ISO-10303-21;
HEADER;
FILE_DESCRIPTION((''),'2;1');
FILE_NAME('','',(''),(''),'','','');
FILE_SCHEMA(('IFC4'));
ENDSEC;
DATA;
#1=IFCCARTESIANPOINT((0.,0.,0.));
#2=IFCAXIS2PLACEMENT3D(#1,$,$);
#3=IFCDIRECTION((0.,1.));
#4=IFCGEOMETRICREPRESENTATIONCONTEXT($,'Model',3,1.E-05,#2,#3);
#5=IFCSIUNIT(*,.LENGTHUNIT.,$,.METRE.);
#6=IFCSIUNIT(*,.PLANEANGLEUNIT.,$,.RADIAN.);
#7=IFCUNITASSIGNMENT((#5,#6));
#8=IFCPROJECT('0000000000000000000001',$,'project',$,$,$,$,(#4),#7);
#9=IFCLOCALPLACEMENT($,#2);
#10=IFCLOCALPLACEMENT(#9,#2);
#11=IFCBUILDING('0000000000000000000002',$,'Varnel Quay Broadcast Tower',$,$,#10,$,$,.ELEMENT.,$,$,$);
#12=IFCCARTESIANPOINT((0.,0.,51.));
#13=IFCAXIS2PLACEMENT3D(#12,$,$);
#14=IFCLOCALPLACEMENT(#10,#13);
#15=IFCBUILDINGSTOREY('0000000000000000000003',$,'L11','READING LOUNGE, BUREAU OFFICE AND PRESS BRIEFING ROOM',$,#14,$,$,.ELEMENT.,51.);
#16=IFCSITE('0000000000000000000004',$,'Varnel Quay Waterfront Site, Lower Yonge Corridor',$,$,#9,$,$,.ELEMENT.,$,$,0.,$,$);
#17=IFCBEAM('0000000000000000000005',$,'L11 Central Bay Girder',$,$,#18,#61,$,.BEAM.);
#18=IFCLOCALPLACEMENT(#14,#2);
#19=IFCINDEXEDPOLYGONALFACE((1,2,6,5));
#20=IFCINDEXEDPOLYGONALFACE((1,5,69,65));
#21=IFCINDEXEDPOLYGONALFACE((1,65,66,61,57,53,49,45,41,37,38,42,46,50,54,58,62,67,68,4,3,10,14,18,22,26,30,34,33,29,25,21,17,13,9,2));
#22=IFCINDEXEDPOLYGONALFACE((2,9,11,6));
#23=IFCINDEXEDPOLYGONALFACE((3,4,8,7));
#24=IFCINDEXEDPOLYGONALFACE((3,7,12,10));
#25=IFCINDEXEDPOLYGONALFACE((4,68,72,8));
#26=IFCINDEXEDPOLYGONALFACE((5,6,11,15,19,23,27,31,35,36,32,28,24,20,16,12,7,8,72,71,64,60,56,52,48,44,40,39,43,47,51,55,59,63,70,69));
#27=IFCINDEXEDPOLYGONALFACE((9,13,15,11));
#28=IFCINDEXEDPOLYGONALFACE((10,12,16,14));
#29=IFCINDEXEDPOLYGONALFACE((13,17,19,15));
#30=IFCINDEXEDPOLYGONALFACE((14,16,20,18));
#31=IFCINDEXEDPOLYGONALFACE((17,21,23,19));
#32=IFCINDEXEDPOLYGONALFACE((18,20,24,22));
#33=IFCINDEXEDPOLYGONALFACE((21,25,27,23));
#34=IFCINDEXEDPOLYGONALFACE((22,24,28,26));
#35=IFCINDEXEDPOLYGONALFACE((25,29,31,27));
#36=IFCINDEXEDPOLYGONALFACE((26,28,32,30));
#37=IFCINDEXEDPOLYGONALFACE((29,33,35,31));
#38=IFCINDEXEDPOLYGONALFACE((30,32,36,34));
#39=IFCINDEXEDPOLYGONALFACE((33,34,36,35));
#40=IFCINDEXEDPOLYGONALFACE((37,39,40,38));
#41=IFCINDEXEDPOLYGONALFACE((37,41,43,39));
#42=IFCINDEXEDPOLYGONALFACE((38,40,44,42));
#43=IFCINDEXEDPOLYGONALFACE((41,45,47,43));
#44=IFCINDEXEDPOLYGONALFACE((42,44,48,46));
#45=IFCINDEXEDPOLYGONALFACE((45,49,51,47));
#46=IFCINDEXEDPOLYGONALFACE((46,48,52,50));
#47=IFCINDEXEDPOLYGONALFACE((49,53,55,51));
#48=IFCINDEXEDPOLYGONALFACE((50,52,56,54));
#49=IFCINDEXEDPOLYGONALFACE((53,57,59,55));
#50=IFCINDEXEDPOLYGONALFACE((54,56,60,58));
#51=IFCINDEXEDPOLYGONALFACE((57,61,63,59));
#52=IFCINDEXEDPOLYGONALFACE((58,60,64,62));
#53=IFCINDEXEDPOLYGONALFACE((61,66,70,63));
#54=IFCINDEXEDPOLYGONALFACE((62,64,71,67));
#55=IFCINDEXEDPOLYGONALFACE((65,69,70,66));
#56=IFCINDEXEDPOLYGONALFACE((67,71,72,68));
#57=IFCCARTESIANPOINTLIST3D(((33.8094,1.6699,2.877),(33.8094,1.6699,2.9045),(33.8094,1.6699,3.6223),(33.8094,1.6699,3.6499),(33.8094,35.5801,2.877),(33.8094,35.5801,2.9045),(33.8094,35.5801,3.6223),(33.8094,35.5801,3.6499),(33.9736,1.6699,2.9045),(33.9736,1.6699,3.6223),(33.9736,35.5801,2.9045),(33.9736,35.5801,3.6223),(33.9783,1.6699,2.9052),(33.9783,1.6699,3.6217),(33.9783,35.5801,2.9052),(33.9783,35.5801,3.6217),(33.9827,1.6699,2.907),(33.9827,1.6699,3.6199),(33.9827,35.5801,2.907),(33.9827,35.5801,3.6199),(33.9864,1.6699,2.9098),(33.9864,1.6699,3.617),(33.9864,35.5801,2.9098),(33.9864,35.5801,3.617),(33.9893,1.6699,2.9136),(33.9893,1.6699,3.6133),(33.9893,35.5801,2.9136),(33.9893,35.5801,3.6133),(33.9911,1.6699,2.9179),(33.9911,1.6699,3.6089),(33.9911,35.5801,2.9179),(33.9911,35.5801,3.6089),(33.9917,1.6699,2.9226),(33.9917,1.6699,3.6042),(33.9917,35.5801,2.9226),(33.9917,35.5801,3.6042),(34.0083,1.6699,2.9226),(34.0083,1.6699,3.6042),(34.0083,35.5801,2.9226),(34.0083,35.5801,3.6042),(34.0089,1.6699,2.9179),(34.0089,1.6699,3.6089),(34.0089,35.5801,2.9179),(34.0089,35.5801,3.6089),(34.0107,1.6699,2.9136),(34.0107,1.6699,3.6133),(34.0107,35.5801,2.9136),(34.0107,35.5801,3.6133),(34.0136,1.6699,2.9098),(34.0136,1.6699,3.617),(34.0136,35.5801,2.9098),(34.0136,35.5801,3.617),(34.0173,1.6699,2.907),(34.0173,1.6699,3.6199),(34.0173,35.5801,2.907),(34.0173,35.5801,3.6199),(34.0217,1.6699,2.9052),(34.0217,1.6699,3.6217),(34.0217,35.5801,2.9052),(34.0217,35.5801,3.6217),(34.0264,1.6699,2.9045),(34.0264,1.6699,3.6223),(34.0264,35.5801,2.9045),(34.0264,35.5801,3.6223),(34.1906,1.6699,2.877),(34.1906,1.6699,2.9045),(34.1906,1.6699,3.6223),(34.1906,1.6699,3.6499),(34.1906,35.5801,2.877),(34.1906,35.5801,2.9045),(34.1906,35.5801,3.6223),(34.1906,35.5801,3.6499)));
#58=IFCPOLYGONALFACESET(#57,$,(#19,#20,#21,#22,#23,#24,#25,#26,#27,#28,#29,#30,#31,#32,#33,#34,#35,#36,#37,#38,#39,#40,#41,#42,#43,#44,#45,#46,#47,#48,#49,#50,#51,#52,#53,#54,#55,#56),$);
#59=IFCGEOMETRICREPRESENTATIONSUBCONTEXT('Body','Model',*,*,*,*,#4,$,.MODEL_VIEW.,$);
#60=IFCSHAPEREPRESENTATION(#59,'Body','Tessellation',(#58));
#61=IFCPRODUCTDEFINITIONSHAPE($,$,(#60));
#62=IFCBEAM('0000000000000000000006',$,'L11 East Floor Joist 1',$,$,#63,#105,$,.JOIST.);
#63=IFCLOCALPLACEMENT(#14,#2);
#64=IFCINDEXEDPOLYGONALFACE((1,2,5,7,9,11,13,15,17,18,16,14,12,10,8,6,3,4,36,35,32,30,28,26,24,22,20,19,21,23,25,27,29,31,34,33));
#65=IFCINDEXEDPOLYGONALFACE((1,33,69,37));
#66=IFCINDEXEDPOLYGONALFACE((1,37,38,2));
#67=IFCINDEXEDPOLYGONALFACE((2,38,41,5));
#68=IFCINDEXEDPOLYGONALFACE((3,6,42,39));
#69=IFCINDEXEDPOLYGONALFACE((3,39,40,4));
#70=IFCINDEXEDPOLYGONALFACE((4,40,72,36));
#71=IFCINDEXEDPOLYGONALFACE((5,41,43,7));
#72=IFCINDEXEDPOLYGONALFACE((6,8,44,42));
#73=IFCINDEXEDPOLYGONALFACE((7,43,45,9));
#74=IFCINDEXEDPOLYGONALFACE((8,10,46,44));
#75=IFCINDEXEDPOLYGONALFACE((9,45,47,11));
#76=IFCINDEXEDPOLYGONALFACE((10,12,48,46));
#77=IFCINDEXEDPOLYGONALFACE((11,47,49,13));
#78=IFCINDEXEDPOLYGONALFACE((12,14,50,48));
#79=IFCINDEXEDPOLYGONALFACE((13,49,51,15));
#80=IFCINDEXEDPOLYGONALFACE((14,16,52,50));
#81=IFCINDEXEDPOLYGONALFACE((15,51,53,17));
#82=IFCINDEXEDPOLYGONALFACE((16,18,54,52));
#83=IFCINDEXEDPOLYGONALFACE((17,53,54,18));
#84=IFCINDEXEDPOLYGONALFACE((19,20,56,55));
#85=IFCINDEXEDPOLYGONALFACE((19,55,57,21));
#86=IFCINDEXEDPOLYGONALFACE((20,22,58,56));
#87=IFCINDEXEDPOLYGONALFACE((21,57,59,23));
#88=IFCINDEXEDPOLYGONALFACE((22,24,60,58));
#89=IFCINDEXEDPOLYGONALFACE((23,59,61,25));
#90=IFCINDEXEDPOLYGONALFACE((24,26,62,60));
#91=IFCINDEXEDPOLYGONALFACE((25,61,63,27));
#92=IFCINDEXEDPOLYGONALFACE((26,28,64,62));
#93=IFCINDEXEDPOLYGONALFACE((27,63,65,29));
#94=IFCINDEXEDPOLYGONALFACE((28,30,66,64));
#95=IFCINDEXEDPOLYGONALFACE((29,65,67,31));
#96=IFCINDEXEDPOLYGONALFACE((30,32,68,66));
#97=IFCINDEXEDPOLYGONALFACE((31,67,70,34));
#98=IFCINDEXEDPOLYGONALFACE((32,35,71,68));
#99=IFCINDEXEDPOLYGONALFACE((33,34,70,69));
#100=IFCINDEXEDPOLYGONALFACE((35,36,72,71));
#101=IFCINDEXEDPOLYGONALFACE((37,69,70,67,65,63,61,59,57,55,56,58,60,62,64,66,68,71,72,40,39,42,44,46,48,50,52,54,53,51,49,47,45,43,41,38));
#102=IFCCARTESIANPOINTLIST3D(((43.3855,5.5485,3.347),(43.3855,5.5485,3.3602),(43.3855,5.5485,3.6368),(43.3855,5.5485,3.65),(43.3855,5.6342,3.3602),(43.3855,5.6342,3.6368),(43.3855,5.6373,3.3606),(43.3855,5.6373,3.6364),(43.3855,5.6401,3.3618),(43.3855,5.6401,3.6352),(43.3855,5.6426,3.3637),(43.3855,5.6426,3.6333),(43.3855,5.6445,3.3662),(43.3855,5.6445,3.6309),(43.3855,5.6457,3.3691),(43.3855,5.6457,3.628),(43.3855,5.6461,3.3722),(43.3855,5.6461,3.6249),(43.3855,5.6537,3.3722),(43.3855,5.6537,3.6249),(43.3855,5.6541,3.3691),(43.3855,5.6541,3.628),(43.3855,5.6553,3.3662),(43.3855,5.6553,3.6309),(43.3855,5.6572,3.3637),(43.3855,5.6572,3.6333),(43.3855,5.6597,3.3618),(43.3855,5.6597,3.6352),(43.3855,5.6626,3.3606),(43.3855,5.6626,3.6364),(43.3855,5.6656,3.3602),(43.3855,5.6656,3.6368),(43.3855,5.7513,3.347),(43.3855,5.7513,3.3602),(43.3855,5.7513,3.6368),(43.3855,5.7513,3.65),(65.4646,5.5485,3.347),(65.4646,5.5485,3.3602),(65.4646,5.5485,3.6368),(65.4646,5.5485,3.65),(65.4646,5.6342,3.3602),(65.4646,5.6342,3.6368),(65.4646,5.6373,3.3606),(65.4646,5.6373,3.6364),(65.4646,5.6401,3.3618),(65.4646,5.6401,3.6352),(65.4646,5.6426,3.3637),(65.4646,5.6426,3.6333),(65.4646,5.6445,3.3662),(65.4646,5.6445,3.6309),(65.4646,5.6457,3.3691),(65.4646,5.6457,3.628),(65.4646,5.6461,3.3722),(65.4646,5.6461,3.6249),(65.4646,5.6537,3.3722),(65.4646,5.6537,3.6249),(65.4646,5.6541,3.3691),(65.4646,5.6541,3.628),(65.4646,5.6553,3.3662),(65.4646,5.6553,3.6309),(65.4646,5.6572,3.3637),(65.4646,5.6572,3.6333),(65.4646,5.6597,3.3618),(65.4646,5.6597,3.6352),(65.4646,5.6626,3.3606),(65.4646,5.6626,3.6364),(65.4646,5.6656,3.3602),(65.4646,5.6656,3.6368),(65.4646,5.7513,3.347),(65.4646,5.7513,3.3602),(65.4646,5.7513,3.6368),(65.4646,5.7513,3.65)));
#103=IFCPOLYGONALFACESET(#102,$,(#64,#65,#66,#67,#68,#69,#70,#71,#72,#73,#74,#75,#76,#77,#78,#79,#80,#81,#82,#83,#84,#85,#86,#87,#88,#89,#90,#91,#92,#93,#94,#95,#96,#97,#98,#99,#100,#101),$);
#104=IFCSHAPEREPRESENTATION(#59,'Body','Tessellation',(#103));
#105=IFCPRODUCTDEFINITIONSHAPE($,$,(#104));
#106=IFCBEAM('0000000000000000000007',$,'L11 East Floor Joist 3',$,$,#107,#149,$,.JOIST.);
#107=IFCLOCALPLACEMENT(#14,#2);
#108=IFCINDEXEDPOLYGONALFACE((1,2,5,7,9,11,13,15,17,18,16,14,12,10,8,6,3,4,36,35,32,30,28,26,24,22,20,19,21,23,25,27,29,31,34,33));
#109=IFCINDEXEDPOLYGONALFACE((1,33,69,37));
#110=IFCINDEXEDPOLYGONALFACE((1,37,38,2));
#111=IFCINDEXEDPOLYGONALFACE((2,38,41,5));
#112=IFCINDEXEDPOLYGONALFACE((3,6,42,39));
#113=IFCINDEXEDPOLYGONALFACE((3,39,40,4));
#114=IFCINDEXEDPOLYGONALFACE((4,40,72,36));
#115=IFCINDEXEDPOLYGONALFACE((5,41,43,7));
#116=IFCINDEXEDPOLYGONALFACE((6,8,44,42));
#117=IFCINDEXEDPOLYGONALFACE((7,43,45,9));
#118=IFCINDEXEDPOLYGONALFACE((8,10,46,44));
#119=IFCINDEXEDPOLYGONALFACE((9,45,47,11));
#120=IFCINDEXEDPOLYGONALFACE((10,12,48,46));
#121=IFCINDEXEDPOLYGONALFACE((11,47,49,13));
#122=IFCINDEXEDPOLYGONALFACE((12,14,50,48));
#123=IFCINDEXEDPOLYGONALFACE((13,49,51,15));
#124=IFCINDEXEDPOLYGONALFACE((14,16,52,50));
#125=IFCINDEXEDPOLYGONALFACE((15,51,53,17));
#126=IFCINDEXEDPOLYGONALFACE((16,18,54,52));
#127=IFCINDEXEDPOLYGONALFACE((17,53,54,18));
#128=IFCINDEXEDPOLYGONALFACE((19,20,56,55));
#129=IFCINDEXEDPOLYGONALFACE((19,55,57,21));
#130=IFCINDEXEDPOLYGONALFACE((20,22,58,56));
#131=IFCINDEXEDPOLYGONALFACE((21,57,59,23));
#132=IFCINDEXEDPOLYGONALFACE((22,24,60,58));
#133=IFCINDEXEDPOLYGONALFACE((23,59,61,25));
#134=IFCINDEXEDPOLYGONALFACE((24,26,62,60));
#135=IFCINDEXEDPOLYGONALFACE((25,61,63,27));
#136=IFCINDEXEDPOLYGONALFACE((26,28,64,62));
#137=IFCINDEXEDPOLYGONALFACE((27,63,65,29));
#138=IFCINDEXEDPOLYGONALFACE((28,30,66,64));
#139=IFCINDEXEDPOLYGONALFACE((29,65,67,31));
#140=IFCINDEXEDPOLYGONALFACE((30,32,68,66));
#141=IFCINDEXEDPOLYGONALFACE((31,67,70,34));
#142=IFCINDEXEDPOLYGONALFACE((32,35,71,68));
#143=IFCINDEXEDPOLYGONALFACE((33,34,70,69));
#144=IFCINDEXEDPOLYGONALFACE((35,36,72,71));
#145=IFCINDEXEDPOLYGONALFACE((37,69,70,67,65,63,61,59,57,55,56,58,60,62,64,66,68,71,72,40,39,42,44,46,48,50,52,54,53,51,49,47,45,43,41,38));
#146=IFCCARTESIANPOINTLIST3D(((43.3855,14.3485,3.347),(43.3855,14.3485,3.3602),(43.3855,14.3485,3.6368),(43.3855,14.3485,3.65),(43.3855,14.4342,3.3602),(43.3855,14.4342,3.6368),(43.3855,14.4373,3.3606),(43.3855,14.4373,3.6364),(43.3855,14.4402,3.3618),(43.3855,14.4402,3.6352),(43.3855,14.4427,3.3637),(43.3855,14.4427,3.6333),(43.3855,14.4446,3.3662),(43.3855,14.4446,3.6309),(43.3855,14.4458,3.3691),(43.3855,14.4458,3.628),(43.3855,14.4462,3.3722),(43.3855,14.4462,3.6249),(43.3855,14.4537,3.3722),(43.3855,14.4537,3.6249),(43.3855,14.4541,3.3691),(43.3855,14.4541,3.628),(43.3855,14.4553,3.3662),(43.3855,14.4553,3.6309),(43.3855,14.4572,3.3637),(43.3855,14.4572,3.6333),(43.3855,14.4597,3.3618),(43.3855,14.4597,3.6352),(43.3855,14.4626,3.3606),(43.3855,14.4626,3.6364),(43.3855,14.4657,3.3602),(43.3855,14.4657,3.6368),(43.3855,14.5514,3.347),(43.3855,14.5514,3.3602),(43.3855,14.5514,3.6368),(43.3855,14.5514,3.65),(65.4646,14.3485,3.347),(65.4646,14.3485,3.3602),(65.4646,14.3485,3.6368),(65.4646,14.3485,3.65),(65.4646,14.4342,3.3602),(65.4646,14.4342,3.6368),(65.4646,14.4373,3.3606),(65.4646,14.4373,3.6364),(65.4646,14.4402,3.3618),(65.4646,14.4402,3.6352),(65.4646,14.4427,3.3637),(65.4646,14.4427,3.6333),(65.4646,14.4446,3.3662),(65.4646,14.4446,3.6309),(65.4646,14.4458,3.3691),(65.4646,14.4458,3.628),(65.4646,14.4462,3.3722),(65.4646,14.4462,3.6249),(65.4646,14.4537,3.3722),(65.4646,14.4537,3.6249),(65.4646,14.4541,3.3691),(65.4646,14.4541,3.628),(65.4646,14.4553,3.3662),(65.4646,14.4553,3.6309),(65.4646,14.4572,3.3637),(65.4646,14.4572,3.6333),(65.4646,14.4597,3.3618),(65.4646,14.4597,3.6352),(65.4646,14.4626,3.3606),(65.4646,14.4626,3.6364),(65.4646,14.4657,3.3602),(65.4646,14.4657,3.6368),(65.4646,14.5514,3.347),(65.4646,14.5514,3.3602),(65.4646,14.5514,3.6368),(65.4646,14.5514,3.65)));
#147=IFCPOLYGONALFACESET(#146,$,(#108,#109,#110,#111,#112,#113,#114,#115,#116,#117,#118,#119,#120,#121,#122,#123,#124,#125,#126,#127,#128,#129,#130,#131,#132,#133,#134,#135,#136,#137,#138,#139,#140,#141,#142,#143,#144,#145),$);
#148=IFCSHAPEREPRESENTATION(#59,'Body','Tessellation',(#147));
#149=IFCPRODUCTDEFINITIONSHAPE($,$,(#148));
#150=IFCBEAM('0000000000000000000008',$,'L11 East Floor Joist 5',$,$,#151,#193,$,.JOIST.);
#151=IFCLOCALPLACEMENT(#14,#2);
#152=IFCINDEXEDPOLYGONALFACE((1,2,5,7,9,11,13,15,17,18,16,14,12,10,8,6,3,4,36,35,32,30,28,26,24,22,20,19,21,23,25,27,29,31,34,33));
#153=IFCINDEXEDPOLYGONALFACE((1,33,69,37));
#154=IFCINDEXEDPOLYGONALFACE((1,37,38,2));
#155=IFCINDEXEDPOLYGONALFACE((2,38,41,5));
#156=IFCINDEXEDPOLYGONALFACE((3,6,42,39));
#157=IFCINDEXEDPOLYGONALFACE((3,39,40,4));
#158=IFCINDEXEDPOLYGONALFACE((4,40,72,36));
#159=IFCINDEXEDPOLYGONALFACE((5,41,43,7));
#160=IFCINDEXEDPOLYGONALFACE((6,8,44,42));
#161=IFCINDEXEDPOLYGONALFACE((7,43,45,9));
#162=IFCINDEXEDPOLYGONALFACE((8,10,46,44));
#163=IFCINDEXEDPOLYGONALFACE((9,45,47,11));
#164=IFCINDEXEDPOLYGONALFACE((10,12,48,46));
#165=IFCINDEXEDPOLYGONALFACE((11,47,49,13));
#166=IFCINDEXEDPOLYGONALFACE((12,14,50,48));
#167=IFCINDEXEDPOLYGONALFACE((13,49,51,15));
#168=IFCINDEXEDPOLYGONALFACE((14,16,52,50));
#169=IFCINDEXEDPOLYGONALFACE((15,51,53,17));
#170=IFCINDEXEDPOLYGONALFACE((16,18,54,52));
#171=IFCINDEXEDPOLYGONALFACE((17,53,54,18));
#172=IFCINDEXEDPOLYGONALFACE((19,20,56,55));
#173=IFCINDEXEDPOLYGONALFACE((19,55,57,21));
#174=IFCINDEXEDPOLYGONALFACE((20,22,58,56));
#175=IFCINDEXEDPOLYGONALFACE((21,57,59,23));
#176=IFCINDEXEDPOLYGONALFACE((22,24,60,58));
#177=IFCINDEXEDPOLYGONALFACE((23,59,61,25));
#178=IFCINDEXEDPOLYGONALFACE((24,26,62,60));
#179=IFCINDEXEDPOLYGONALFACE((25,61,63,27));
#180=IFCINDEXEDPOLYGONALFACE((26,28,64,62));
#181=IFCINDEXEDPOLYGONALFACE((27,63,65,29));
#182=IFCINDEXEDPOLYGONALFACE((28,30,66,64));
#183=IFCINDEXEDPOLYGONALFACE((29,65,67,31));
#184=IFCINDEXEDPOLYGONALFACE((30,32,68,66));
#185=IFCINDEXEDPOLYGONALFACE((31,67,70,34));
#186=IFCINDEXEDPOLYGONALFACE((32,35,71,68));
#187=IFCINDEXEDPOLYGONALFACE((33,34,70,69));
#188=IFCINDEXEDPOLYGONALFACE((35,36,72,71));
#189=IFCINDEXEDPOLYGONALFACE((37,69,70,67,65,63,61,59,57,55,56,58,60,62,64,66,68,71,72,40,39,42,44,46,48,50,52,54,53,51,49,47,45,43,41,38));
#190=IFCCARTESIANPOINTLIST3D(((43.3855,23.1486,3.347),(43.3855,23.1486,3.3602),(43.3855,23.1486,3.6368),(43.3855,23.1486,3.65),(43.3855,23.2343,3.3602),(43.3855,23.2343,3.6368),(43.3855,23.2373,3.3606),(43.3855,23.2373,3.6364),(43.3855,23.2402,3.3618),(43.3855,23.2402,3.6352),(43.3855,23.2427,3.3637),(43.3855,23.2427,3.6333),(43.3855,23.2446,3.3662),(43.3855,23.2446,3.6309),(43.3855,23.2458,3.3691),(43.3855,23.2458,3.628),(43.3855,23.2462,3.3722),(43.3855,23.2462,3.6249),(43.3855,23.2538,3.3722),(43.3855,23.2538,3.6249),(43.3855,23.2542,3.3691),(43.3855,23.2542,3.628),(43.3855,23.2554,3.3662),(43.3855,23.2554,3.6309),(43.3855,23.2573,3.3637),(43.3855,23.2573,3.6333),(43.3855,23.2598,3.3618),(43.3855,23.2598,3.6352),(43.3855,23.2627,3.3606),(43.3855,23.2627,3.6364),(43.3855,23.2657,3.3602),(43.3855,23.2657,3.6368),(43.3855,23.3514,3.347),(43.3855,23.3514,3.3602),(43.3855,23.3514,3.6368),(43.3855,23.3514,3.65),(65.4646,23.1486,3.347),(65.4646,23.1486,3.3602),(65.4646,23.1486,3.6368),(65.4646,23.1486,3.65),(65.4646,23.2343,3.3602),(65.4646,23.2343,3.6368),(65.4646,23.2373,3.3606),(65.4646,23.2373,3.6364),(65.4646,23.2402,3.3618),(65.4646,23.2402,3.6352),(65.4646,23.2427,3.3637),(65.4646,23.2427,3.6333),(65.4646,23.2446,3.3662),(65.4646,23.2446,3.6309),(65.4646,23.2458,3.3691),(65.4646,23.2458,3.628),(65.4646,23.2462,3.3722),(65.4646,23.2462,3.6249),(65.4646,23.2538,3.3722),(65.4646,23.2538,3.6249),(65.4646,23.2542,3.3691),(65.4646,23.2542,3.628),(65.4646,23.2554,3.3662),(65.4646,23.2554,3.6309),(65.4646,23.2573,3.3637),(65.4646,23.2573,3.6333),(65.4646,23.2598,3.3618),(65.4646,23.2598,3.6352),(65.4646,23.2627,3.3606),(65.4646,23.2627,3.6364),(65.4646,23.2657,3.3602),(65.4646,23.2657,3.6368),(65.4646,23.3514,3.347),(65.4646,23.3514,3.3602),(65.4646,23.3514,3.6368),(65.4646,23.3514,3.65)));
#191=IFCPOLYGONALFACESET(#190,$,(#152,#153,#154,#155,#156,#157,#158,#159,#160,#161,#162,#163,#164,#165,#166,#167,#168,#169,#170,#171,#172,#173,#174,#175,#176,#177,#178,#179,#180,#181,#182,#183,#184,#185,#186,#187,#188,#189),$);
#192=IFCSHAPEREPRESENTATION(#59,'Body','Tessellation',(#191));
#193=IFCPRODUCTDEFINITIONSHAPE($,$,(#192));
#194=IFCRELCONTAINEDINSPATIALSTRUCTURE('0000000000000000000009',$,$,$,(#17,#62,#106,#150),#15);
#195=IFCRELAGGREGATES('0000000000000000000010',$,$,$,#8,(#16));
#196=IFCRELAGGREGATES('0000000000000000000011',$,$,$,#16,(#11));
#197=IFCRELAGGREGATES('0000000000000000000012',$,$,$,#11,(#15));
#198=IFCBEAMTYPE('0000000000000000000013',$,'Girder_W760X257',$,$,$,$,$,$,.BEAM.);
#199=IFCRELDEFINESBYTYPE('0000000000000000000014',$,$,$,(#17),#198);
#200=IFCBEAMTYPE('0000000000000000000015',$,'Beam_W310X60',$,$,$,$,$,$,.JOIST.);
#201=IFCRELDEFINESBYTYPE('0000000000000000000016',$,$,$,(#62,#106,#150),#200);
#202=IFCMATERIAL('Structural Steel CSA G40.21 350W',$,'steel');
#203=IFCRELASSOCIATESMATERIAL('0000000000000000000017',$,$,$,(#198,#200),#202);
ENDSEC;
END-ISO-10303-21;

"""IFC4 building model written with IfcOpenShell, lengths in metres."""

from ifc_helpers import new_model, si_unit, direction, frame, origin, origin_2d, place, context, subcontext, project, spatial, i_section, extrude, source, transform, mapped, material, material_profile, profile_set, type_object, type_shapes, element, save


model = new_model("IFC4")

# Units and contexts
model_context = context("Model", 3, precision=1e-05, world=origin(), true_north=direction((0.0, 1.0)))
body_context = subcontext(model_context, "Body", "Model", "MODEL_VIEW")
ifc_project = project(units=[si_unit("LENGTHUNIT", "METRE"), si_unit("PLANEANGLEUNIT", "RADIAN")], contexts=[model_context])

# Site, building, storey
site_placement = place(None, origin())
site = spatial("IfcSite", under=ifc_project, at=site_placement, Name="Varnel Quay Waterfront Site, Lower Yonge Corridor", CompositionType="ELEMENT", RefElevation=0.0)
building_placement = place(site_placement, origin())
building = spatial("IfcBuilding", under=site, at=building_placement, Name="Varnel Quay Broadcast Tower", CompositionType="ELEMENT")
storey_placement = place(building_placement, frame((0.0, 0.0, 51.0)))
storey = spatial("IfcBuildingStorey", under=building, at=storey_placement, Name="L11", Description="READING LOUNGE, BUREAU OFFICE AND PRESS BRIEFING ROOM", CompositionType="ELEMENT", Elevation=51.0)

# Shared definitions
ifc_material_1 = material(Name="Structural Steel CSA G40.21 350W", Category="steel")

# Beams
ifc_material_profile_1 = material_profile(ifc_material_1, i_section(OverallWidth=0.3811, OverallDepth=0.7729, WebThickness=0.0166, FlangeThickness=0.0276, FilletRadius=0.0181, at=origin_2d()), Name="W760X257")
ifc_profile_set_1 = profile_set([ifc_material_profile_1], Name="Structural Steel CSA G40.21 350W")
beam_type_1 = type_object("IfcBeamType", Name="Girder_W760X257", PredefinedType="BEAM", material=ifc_profile_set_1)
shared_shape_1 = source(origin(), body_context, "Body", "SweptSolid", [
    extrude(i_section(OverallWidth=0.3811, OverallDepth=0.7729, WebThickness=0.0166, FlangeThickness=0.0276, FilletRadius=0.0181, at=origin_2d()), origin(), (0.0, 0.0, 1.0), 33.9102),
])
beam_1_placement = place(storey_placement, frame((34.0, 1.6699, 3.2634), z_axis=(0.0, 1.0, 0.0), x_axis=(-1.0, 0.0, 0.0)))
element("IfcBeam", 1, at=beam_1_placement, inside=storey, type_object=beam_type_1, Name="L11 Central Bay Girder", PredefinedType="BEAM", context=body_context, shape_type="MappedRepresentation", body=[
    mapped(shared_shape_1, transform((0.0, 0.0, 0.0), x_axis=(1.0, 0.0, 0.0), y_axis=(0.0, 1.0, 0.0), z_axis=(0.0, 0.0, 1.0), scale=1.0)),
])
ifc_material_profile_2 = material_profile(ifc_material_1, i_section(OverallWidth=0.2029, OverallDepth=0.303, WebThickness=0.0076, FlangeThickness=0.0132, FilletRadius=0.012, at=origin_2d()), Name="W310X60")
ifc_profile_set_2 = profile_set([ifc_material_profile_2], Name="Structural Steel CSA G40.21 350W")
beam_type_2 = type_object("IfcBeamType", Name="Beam_W310X60", PredefinedType="JOIST", material=ifc_profile_set_2)
shared_shape_2 = source(origin(), body_context, "Body", "SweptSolid", [
    extrude(i_section(OverallWidth=0.2029, OverallDepth=0.303, WebThickness=0.0076, FlangeThickness=0.0132, FilletRadius=0.012, at=origin_2d()), origin(), (0.0, 0.0, 1.0), 22.0791),
])
type_shapes(beam_type_2, [shared_shape_2])
for number, where, z_axis, x_axis, name in (
    (2, (43.3855, 5.6499, 3.4985), (1.0, 0.0, 0.0), (0.0, 1.0, 0.0), "L11 East Floor Joist 1"),
    (3, (43.3855, 14.45, 3.4985), (1.0, 0.0, 0.0), (0.0, 1.0, 0.0), "L11 East Floor Joist 3"),
    (4, (43.3855, 23.25, 3.4985), (1.0, 0.0, 0.0), (0.0, 1.0, 0.0), "L11 East Floor Joist 5"),
):
    element("IfcBeam", number, at=place(storey_placement, frame(where, z_axis=z_axis, x_axis=x_axis)), inside=storey, type_object=beam_type_2, Name=name, PredefinedType="JOIST", context=body_context, shape_type="MappedRepresentation", body=[
        mapped(shared_shape_2, transform((0.0, 0.0, 0.0), x_axis=(1.0, 0.0, 0.0), y_axis=(0.0, 1.0, 0.0), z_axis=(0.0, 0.0, 1.0), scale=1.0)),
    ])

save(model, "model.ifc")
